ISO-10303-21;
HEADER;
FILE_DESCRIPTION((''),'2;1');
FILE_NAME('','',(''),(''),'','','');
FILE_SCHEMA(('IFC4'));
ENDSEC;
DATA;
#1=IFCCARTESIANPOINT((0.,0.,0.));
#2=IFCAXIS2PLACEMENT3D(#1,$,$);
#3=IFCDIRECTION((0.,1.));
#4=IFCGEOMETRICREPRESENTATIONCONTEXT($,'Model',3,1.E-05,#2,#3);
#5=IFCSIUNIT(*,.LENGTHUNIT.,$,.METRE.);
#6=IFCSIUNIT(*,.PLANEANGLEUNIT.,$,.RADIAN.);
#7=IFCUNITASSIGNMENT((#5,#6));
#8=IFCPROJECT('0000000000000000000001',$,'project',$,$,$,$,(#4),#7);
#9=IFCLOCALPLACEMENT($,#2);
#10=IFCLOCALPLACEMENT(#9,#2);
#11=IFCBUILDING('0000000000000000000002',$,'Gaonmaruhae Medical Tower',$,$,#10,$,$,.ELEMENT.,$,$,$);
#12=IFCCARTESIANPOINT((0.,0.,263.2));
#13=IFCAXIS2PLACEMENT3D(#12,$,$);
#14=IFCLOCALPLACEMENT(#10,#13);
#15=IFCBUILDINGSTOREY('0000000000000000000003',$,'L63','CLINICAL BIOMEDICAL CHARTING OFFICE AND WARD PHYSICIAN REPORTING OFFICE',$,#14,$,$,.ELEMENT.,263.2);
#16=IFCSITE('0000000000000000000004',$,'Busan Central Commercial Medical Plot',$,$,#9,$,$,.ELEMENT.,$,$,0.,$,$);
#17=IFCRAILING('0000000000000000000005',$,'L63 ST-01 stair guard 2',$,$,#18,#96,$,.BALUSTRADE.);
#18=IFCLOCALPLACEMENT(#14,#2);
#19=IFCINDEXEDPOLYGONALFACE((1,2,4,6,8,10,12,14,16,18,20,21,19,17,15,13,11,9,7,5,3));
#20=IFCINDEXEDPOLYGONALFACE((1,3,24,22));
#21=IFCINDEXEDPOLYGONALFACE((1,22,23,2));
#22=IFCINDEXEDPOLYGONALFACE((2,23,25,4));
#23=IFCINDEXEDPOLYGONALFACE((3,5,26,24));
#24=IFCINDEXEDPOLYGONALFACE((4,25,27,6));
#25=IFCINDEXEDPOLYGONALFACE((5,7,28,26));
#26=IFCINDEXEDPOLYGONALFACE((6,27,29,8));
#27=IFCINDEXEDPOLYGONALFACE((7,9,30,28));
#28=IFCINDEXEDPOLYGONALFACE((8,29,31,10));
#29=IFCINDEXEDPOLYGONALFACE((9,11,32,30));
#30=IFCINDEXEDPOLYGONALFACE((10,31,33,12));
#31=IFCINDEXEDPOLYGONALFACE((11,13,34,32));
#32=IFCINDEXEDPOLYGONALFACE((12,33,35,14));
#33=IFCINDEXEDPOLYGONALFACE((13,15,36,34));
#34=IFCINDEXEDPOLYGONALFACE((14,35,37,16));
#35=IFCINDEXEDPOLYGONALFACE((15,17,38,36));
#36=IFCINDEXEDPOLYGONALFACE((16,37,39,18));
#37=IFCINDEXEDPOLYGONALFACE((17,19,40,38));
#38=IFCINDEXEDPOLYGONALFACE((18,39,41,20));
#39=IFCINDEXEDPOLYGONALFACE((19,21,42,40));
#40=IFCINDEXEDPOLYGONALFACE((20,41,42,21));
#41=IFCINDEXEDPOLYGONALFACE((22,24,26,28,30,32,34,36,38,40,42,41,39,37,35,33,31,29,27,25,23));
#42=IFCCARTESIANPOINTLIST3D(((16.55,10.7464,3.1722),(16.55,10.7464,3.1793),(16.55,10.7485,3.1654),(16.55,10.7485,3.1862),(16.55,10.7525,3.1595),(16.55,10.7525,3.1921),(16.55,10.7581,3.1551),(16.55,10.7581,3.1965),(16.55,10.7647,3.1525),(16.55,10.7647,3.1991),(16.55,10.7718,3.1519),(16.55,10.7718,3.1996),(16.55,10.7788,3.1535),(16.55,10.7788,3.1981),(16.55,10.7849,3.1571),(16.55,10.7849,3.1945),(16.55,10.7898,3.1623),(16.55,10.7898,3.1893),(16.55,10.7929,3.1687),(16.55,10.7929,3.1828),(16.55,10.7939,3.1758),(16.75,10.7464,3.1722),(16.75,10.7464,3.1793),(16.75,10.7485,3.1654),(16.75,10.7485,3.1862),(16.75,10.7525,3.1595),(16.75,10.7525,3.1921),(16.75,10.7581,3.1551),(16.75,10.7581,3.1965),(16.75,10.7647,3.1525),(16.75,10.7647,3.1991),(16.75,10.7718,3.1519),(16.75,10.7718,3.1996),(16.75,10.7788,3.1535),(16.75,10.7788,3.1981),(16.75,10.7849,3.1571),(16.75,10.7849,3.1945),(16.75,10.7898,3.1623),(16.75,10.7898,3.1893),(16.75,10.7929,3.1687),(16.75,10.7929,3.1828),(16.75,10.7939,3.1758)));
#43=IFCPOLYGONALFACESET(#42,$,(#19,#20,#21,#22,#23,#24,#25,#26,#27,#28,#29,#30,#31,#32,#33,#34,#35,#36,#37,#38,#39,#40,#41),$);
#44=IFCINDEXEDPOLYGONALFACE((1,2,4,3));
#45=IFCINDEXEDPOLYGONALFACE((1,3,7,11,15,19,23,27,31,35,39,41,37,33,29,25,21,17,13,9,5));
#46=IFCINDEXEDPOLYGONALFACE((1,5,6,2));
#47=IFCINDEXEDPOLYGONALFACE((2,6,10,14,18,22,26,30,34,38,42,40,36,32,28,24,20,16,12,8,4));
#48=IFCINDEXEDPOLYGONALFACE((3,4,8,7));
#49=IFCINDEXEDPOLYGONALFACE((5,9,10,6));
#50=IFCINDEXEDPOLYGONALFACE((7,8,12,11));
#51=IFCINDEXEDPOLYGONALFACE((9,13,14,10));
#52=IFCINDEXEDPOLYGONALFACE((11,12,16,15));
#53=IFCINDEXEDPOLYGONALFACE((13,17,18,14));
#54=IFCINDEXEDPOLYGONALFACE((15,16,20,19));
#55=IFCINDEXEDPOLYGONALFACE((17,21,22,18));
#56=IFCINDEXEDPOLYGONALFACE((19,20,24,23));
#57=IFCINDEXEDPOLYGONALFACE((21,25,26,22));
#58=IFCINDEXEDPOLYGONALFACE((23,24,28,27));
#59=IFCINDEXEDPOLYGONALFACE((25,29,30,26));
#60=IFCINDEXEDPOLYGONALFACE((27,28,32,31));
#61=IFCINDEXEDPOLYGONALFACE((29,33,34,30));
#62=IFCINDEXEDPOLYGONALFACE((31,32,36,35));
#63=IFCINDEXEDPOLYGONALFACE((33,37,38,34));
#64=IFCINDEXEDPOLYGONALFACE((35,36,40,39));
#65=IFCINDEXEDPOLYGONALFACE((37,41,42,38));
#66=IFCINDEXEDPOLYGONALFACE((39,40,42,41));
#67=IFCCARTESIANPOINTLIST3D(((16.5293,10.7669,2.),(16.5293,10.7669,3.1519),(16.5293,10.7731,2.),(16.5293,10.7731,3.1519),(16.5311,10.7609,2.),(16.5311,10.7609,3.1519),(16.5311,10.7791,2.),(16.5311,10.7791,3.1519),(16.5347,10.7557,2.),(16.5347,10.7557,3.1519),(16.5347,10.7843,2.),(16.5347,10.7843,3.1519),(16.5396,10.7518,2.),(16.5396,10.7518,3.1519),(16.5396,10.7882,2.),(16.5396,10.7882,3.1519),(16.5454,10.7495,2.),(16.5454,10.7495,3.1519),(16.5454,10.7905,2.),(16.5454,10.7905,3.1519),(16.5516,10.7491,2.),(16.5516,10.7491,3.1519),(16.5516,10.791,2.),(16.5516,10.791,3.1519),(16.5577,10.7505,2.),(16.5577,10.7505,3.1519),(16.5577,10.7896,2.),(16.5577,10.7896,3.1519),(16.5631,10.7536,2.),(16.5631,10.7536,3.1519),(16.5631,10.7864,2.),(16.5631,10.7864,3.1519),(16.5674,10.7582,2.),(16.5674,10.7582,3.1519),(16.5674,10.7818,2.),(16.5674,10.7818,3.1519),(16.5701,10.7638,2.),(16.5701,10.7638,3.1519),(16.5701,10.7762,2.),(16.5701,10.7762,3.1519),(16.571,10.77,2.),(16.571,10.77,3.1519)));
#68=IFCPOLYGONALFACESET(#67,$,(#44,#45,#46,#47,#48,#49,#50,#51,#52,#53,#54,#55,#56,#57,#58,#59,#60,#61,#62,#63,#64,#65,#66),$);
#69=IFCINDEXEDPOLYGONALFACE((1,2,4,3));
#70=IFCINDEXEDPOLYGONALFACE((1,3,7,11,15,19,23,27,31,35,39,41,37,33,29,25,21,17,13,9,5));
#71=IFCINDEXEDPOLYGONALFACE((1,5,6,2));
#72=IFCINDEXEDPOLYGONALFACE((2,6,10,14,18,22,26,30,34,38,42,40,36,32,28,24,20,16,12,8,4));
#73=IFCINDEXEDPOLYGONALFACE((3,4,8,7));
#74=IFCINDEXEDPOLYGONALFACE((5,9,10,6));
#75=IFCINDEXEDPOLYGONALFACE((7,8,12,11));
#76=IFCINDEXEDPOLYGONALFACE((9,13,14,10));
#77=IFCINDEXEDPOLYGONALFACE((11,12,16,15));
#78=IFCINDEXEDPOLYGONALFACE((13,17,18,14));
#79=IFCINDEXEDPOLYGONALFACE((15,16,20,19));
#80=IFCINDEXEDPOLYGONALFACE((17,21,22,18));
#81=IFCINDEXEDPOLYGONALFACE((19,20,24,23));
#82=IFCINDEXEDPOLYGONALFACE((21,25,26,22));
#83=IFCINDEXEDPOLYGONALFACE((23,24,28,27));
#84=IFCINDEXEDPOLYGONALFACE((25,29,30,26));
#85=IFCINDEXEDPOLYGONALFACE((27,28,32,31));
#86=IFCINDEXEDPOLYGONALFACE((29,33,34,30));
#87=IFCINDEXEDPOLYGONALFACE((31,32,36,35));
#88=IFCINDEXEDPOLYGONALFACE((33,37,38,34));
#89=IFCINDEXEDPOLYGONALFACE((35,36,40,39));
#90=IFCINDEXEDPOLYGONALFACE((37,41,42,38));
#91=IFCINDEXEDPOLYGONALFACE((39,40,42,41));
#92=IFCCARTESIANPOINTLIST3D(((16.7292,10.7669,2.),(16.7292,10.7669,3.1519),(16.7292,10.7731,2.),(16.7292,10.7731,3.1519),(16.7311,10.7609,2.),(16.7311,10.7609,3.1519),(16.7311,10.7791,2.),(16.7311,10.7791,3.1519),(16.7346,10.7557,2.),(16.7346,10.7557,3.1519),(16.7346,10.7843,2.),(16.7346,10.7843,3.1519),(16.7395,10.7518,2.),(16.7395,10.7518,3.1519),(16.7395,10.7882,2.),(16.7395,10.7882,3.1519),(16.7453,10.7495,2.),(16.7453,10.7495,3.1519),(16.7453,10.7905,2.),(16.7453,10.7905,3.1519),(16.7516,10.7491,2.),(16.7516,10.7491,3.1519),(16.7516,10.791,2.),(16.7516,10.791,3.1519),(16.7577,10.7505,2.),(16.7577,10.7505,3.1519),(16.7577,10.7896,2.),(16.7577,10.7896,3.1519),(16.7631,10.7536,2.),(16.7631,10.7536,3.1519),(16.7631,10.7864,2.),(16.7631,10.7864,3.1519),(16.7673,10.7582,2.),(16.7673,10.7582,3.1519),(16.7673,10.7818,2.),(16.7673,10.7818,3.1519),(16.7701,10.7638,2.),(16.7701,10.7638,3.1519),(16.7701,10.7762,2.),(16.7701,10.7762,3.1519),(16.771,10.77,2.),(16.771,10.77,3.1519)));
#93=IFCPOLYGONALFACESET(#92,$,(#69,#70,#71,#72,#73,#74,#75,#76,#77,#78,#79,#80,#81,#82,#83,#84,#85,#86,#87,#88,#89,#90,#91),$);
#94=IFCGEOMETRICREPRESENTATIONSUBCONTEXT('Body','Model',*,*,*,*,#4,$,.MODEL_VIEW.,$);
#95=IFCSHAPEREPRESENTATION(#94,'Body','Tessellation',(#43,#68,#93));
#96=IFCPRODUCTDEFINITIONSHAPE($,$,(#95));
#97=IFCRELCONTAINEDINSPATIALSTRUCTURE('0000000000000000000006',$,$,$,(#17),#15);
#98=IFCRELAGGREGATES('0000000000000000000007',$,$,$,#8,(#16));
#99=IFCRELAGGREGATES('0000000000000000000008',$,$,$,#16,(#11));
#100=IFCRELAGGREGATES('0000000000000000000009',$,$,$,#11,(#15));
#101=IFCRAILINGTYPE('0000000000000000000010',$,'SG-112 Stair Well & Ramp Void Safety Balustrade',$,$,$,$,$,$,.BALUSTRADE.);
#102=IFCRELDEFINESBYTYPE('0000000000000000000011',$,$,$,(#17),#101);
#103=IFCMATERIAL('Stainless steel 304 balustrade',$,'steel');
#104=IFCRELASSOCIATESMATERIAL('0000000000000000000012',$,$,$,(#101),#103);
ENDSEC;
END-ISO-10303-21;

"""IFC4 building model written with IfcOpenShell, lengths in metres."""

from ifc_helpers import new_model, si_unit, direction, frame, origin, origin_2d, place, context, subcontext, project, spatial, circle, extrude, material, type_object, element, save


model = new_model("IFC4")

# Units and contexts
model_context = context("Model", 3, precision=1e-05, world=origin(), true_north=direction((0.0, 1.0)))
body_context = subcontext(model_context, "Body", "Model", "MODEL_VIEW")
ifc_project = project(units=[si_unit("LENGTHUNIT", "METRE"), si_unit("PLANEANGLEUNIT", "RADIAN")], contexts=[model_context])

# Site, building, storey
site_placement = place(None, origin())
site = spatial("IfcSite", under=ifc_project, at=site_placement, Name="Busan Central Commercial Medical Plot", CompositionType="ELEMENT", RefElevation=0.0)
building_placement = place(site_placement, origin())
building = spatial("IfcBuilding", under=site, at=building_placement, Name="Gaonmaruhae Medical Tower", CompositionType="ELEMENT")
storey_placement = place(building_placement, frame((0.0, 0.0, 263.2)))
storey = spatial("IfcBuildingStorey", under=building, at=storey_placement, Name="L63", Description="CLINICAL BIOMEDICAL CHARTING OFFICE AND WARD PHYSICIAN REPORTING OFFICE", CompositionType="ELEMENT", Elevation=263.2)

# Railing
ifc_material_1 = material(Name="Stainless steel 304 balustrade", Category="steel")
railing_type_1 = type_object("IfcRailingType", Name="SG-112 Stair Well & Ramp Void Safety Balustrade", PredefinedType="BALUSTRADE", material=ifc_material_1)
railing_1_placement = place(storey_placement, frame((16.55, 10.77, 2.0)))
element("IfcRailing", 1, at=railing_1_placement, inside=storey, type_object=railing_type_1, Name="L63 ST-01 stair guard 2", PredefinedType="BALUSTRADE", context=body_context, shape_type="SweptSolid", body=[
    extrude(circle(Radius=0.0239, at=origin_2d()), frame((0.0, 0.0, 1.1758), z_axis=(1.0, 0.0, 0.0), x_axis=(0.0, 1.0, 0.0)), (0.0, 0.0, 1.0), 0.2),
    extrude(circle(Radius=0.021, at=origin_2d()), origin(), (0.0, 0.0, 1.0), 1.1519),
    extrude(circle(Radius=0.021, at=origin_2d()), frame((0.2, 0.0, 0.0)), (0.0, 0.0, 1.0), 1.1519),
])

save(model, "model.ifc")
